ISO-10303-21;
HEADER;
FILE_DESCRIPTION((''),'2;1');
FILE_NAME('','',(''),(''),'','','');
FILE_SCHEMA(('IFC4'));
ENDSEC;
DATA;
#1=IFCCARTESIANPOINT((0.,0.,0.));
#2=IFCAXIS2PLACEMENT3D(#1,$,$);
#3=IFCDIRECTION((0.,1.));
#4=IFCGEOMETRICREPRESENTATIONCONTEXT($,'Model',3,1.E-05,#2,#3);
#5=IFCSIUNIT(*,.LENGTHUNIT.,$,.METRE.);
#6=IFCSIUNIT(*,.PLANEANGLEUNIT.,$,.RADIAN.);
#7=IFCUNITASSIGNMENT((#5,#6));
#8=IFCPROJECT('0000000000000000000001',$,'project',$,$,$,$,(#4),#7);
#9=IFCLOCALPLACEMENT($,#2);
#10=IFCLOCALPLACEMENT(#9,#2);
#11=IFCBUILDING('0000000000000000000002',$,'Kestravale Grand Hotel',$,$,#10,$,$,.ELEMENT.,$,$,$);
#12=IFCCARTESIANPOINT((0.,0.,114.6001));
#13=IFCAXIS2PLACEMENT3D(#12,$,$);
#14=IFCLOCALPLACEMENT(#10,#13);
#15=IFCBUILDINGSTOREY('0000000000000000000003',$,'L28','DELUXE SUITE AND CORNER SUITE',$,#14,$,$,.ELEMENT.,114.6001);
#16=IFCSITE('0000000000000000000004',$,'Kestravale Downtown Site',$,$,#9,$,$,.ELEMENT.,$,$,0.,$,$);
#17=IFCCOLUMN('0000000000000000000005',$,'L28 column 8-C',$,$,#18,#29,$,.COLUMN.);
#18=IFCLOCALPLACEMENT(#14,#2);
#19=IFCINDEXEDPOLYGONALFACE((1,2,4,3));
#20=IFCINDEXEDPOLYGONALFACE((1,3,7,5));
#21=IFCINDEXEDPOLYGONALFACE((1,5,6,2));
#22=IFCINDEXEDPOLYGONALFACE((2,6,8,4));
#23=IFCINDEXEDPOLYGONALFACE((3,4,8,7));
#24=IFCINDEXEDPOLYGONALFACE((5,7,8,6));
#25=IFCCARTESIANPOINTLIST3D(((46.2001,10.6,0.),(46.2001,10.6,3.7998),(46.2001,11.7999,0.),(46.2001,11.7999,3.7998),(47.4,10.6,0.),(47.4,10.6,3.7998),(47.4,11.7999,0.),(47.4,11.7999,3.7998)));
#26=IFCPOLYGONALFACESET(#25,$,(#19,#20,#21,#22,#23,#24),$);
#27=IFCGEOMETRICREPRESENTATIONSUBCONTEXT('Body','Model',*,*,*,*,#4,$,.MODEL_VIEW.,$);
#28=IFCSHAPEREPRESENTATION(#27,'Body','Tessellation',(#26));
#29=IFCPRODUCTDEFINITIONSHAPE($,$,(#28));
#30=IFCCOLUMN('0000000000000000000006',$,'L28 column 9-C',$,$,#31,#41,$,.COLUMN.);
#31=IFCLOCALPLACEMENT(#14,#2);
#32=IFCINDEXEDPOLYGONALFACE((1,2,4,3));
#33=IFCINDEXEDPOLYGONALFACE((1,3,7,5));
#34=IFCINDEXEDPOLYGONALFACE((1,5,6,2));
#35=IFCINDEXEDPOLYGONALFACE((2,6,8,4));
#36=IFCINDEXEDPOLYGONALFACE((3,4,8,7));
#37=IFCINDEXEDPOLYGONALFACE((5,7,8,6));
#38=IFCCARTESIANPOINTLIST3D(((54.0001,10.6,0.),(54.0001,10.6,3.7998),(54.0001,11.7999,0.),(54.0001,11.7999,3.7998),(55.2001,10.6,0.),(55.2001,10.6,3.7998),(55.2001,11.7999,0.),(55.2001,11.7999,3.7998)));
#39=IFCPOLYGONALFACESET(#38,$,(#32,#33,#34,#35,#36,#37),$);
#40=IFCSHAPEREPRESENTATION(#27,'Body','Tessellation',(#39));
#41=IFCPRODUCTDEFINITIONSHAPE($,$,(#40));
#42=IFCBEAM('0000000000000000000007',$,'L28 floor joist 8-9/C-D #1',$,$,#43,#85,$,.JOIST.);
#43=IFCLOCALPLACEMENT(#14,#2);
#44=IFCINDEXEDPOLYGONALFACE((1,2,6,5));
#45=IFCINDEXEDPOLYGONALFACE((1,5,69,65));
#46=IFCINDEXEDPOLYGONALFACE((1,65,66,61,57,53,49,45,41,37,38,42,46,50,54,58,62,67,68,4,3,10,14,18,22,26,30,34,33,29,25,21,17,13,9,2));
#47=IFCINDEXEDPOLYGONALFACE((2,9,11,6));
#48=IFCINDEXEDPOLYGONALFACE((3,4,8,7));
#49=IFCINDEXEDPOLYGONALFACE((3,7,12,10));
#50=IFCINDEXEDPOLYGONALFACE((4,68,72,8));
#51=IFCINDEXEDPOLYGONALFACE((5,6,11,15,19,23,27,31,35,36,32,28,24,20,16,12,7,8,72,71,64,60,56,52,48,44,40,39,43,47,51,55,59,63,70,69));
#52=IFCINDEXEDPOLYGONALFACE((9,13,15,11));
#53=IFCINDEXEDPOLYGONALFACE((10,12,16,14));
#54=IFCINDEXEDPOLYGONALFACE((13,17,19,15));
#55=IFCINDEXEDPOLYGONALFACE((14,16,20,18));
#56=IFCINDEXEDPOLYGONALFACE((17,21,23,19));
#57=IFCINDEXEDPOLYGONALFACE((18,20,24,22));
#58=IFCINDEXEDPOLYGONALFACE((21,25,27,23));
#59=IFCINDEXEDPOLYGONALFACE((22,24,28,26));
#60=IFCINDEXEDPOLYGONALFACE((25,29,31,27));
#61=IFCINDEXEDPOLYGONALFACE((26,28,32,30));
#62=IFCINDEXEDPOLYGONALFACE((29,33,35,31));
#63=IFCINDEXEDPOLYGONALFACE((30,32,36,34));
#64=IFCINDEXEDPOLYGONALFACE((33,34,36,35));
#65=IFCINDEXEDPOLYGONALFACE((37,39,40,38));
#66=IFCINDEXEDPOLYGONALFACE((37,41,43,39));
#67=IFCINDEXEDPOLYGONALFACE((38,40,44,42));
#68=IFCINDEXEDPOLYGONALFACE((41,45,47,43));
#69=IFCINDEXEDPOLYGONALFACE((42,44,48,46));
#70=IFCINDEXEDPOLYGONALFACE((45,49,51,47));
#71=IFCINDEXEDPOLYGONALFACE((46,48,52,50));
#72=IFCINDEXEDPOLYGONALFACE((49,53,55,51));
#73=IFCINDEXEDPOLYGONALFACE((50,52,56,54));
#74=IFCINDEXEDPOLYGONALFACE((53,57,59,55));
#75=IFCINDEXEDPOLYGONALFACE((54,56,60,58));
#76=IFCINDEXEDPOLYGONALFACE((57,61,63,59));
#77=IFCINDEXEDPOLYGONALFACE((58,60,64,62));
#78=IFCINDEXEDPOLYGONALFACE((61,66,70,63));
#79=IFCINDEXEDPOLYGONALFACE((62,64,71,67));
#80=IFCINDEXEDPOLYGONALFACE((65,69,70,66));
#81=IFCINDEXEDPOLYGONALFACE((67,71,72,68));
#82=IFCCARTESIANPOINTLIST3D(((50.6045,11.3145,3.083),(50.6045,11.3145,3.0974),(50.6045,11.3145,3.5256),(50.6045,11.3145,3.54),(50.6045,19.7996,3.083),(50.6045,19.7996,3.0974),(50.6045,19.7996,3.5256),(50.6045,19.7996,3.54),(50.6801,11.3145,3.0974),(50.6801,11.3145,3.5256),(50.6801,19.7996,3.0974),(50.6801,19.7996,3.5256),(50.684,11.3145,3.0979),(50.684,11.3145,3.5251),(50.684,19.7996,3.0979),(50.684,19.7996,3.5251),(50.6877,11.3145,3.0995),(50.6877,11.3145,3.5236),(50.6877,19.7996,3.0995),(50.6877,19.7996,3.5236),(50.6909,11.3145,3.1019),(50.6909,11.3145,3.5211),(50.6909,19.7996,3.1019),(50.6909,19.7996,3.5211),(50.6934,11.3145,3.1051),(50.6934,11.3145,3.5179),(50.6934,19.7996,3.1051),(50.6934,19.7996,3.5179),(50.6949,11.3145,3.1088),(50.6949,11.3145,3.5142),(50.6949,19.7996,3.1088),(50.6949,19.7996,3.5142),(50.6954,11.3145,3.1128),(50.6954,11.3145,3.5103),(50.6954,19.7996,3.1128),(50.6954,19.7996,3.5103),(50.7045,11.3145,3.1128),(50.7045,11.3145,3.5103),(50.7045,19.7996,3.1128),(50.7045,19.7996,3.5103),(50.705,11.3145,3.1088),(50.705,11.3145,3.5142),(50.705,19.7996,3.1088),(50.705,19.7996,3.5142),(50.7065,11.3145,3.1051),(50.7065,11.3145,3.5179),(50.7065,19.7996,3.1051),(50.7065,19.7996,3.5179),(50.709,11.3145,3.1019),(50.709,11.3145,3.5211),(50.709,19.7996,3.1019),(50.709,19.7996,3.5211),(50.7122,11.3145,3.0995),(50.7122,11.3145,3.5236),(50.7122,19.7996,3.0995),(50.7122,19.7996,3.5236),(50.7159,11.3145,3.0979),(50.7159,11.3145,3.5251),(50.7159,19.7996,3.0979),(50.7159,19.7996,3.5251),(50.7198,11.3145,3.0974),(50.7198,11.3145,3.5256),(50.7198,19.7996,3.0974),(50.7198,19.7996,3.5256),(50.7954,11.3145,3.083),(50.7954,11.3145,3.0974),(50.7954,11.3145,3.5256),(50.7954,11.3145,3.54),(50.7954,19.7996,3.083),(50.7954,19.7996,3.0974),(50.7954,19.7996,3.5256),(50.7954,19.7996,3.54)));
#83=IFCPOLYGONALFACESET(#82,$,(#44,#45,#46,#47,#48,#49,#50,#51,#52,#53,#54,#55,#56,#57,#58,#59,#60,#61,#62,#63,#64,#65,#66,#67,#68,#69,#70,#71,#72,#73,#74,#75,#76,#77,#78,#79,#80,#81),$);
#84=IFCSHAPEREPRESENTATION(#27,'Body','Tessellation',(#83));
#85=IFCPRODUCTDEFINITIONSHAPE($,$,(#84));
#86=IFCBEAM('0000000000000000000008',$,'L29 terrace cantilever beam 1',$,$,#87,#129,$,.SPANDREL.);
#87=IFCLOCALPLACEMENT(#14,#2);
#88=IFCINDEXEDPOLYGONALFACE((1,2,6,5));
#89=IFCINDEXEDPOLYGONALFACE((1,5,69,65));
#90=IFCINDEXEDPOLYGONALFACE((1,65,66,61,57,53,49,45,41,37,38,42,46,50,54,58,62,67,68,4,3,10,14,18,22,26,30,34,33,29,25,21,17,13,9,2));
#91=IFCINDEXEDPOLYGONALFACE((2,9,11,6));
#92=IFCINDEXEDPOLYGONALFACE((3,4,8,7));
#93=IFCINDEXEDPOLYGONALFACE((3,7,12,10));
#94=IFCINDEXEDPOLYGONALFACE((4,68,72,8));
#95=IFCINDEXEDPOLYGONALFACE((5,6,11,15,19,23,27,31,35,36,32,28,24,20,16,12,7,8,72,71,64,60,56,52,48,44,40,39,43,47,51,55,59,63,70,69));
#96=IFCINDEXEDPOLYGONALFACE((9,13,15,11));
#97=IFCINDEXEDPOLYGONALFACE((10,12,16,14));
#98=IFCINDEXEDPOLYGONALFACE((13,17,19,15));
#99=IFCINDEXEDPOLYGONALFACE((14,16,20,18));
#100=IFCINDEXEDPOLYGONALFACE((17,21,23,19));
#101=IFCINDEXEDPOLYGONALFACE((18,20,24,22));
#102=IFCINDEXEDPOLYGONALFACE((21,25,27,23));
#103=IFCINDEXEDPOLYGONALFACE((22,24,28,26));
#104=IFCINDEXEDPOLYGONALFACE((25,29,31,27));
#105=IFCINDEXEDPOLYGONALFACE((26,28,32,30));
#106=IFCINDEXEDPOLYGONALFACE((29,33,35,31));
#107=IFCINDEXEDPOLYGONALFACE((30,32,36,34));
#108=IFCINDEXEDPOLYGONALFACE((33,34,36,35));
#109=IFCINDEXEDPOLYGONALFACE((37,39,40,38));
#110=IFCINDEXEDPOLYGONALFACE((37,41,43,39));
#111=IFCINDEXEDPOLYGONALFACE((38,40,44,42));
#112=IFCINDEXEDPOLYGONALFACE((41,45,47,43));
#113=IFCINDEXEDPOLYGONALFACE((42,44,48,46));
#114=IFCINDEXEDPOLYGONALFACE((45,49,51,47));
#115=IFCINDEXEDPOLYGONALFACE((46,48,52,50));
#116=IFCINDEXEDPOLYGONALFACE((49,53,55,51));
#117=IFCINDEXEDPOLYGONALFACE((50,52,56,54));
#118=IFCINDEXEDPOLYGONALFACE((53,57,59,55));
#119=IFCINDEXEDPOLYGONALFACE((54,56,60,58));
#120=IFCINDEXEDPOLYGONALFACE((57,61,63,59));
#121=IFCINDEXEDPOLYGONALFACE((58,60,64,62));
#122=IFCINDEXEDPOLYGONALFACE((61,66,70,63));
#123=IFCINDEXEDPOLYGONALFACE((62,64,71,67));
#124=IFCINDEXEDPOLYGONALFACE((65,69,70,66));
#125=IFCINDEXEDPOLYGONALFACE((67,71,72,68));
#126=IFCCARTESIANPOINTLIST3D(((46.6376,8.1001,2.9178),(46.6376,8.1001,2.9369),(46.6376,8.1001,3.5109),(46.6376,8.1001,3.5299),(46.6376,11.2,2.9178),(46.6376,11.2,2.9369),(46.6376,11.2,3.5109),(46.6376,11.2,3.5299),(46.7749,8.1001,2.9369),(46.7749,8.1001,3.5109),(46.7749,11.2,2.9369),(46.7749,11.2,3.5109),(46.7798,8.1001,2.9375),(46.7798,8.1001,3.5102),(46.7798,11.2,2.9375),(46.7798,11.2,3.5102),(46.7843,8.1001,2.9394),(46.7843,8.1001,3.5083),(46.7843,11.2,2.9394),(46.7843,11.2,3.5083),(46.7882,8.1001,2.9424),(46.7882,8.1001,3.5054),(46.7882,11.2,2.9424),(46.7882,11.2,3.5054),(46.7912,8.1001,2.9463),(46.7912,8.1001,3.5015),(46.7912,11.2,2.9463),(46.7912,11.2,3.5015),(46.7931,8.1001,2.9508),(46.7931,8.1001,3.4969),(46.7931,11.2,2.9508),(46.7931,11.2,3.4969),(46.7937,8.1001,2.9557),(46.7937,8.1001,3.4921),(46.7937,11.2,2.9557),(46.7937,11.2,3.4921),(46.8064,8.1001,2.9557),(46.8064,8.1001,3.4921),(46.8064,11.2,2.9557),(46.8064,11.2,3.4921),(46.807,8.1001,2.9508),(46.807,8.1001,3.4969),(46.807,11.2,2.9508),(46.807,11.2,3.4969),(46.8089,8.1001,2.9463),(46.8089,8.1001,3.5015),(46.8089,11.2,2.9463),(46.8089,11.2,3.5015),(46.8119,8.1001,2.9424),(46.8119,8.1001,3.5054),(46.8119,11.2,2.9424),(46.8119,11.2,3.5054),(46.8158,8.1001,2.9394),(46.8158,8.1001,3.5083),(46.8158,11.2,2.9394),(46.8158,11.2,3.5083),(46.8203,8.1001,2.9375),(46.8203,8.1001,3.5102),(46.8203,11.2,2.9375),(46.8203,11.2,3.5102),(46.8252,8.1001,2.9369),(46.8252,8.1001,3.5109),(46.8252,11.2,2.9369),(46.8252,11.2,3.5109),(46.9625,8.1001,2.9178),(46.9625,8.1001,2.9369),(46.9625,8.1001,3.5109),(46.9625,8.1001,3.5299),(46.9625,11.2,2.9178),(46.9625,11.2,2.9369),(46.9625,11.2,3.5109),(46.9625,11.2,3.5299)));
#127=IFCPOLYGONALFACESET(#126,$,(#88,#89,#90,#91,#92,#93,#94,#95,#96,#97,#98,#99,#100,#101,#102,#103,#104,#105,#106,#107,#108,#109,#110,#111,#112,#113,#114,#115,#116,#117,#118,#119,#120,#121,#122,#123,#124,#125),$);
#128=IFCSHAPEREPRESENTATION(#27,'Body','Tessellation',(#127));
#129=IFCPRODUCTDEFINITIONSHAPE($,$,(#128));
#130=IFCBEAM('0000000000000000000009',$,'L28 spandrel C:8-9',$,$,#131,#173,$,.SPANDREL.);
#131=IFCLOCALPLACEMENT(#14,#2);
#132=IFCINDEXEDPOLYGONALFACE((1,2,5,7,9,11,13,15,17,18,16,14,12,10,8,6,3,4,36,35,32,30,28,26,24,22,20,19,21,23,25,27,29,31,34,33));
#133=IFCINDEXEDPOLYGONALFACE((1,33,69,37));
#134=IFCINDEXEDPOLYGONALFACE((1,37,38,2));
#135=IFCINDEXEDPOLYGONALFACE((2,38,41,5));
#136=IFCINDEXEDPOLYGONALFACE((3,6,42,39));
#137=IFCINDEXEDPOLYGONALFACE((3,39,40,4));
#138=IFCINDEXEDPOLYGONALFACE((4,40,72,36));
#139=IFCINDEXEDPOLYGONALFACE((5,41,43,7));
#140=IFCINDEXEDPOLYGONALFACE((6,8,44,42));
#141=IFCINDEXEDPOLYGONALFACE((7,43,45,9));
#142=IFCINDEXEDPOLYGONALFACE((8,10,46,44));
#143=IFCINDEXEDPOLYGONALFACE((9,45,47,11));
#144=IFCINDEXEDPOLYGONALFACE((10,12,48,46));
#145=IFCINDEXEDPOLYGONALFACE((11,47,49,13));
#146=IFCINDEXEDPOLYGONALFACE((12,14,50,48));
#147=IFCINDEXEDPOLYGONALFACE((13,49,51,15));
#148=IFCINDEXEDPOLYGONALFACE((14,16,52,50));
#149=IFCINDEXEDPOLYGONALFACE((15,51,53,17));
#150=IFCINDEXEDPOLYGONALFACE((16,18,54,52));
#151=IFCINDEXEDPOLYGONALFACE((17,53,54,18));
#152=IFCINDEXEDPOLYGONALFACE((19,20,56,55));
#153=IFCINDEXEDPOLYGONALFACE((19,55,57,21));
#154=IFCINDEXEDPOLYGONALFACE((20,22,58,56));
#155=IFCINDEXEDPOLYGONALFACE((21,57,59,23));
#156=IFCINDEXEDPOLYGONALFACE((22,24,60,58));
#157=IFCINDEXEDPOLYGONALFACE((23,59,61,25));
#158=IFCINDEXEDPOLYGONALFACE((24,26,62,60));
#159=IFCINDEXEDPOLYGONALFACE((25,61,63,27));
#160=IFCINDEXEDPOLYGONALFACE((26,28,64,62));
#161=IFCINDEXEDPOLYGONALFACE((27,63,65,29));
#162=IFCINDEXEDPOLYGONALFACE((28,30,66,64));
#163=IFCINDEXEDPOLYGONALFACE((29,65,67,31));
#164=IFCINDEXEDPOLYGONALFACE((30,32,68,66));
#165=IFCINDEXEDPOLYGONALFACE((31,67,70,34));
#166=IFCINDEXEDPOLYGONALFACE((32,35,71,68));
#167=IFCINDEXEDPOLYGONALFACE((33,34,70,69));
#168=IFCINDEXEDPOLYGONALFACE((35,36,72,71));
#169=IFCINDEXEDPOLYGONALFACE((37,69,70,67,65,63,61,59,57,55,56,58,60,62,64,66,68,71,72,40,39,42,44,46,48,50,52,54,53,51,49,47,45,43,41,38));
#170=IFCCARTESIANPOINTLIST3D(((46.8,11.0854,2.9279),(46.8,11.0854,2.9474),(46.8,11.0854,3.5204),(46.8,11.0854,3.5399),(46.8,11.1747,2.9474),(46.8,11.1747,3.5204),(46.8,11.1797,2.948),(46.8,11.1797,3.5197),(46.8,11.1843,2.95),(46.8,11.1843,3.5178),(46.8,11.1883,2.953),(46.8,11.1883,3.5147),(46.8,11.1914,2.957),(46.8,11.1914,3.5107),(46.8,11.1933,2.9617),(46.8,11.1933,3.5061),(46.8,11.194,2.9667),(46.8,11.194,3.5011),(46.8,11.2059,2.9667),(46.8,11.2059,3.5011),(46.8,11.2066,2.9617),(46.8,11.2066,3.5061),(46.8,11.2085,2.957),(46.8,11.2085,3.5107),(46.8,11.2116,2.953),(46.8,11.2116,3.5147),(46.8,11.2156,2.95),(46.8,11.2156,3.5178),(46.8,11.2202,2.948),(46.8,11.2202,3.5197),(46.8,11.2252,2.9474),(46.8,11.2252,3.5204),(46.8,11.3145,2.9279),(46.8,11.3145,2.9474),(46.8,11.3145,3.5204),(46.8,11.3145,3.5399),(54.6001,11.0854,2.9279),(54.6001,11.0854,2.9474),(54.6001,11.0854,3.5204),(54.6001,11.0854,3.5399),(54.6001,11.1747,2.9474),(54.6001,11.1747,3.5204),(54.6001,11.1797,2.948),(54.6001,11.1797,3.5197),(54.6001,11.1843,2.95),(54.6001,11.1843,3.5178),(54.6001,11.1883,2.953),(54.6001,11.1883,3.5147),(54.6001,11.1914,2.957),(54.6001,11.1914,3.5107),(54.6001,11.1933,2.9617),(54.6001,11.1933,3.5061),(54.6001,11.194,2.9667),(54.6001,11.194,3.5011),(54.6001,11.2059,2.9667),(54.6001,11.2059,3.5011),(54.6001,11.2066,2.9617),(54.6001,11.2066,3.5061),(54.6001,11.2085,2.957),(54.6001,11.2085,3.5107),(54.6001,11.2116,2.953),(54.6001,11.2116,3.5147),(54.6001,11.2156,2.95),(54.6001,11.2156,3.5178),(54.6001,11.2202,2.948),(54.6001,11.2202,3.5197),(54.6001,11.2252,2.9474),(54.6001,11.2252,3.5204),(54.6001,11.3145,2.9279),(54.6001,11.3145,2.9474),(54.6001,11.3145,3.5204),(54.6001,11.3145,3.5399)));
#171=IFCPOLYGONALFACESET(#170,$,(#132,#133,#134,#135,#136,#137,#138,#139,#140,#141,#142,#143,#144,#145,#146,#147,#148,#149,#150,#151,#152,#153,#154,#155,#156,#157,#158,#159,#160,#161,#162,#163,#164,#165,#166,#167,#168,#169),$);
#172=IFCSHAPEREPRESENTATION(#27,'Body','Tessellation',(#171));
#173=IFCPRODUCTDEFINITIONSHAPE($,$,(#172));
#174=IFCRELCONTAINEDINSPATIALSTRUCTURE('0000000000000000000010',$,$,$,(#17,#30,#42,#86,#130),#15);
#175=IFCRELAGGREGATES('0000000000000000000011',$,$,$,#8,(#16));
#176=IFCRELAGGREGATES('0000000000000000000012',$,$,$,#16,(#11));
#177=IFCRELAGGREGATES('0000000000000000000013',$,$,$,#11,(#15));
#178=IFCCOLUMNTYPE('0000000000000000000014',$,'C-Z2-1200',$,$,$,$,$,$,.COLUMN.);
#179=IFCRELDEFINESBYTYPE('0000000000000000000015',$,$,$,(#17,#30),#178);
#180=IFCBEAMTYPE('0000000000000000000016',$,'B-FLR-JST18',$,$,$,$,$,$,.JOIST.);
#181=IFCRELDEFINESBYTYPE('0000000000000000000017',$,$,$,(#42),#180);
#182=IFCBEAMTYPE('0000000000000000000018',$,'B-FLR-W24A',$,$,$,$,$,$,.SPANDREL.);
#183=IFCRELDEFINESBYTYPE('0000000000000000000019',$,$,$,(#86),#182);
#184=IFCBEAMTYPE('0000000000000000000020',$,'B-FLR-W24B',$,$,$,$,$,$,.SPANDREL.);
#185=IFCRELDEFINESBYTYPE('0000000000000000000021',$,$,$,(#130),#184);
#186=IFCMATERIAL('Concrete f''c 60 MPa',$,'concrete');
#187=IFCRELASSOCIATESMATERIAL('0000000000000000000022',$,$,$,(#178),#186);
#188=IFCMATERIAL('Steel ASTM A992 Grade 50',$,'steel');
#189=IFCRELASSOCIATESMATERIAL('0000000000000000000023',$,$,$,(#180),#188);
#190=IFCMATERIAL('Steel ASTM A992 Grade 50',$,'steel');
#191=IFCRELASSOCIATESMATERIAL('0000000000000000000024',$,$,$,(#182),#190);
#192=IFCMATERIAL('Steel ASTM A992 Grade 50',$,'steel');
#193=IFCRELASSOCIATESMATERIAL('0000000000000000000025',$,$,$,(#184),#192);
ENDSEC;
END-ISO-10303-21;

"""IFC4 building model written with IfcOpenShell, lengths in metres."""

from ifc_helpers import new_model, si_unit, direction, frame, origin, origin_2d, place, context, subcontext, project, spatial, rectangle, i_section, extrude, material, material_profile, profile_set, type_object, element, save


model = new_model("IFC4")

# Units and contexts
model_context = context("Model", 3, precision=1e-05, world=origin(), true_north=direction((0.0, 1.0)))
body_context = subcontext(model_context, "Body", "Model", "MODEL_VIEW")
ifc_project = project(units=[si_unit("LENGTHUNIT", "METRE"), si_unit("PLANEANGLEUNIT", "RADIAN")], contexts=[model_context])

# Site, building, storey
site_placement = place(None, origin())
site = spatial("IfcSite", under=ifc_project, at=site_placement, Name="Kestravale Downtown Site", CompositionType="ELEMENT", RefElevation=0.0)
building_placement = place(site_placement, origin())
building = spatial("IfcBuilding", under=site, at=building_placement, Name="Kestravale Grand Hotel", CompositionType="ELEMENT")
storey_placement = place(building_placement, frame((0.0, 0.0, 114.6001)))
storey = spatial("IfcBuildingStorey", under=building, at=storey_placement, Name="L28", Description="DELUXE SUITE AND CORNER SUITE", CompositionType="ELEMENT", Elevation=114.6001)

# Columns
ifc_material_1 = material(Name="Concrete f'c 60 MPa", Category="concrete")
ifc_material_profile_1 = material_profile(ifc_material_1, rectangle(XDim=1.2, YDim=1.2, at=origin_2d()))
ifc_profile_set_1 = profile_set([ifc_material_profile_1], Name="Concrete f'c 60 MPa")
column_type = type_object("IfcColumnType", Name="C-Z2-1200", PredefinedType="COLUMN", material=ifc_profile_set_1)
for number, where, z_axis, x_axis, name in (
    (1, (46.8, 11.2, 0.0), (0.0, 0.0, 1.0), (1.0, 0.0, 0.0), "L28 column 8-C"),
    (2, (54.6001, 11.2, 0.0), (0.0, 0.0, 1.0), (1.0, 0.0, 0.0), "L28 column 9-C"),
):
    element("IfcColumn", number, at=place(storey_placement, frame(where, z_axis=z_axis, x_axis=x_axis)), inside=storey, type_object=column_type, Name=name, PredefinedType="COLUMN", context=body_context, shape_type="SweptSolid", body=[
        extrude(rectangle(XDim=1.2, YDim=1.2, at=origin_2d()), origin(), (0.0, 0.0, 1.0), 3.7998),
    ])

# Beams
ifc_material_2 = material(Name="Steel ASTM A992 Grade 50", Category="steel")
ifc_material_profile_2 = material_profile(ifc_material_2, i_section(OverallWidth=0.1909, OverallDepth=0.457, WebThickness=0.009, FlangeThickness=0.0144, FilletRadius=0.0154, at=origin_2d()))
ifc_profile_set_2 = profile_set([ifc_material_profile_2], Name="Steel ASTM A992 Grade 50")
beam_type_1 = type_object("IfcBeamType", Name="B-FLR-JST18", PredefinedType="JOIST", material=ifc_profile_set_2)
beam_1_placement = place(storey_placement, frame((50.7, 11.3145, 3.3115), z_axis=(0.0, 1.0, 0.0), x_axis=(-1.0, 0.0, 0.0)))
element("IfcBeam", 3, at=beam_1_placement, inside=storey, type_object=beam_type_1, Name="L28 floor joist 8-9/C-D #1", PredefinedType="JOIST", context=body_context, shape_type="SweptSolid", body=[
    extrude(i_section(OverallWidth=0.1909, OverallDepth=0.457, WebThickness=0.009, FlangeThickness=0.0144, FilletRadius=0.0154, at=origin_2d()), origin(), (0.0, 0.0, 1.0), 8.4851),
])
ifc_material_3 = material(Name="Steel ASTM A992 Grade 50", Category="steel")
ifc_material_profile_3 = material_profile(ifc_material_3, i_section(OverallWidth=0.325, OverallDepth=0.6121, WebThickness=0.0127, FlangeThickness=0.019, FilletRadius=0.0188, at=origin_2d()))
ifc_profile_set_3 = profile_set([ifc_material_profile_3], Name="Steel ASTM A992 Grade 50")
beam_type_2 = type_object("IfcBeamType", Name="B-FLR-W24A", PredefinedType="SPANDREL", material=ifc_profile_set_3)
beam_2_placement = place(storey_placement, frame((46.8, 11.2, 3.2239), z_axis=(0.0, -1.0, 0.0), x_axis=(1.0, 0.0, 0.0)))
element("IfcBeam", 4, at=beam_2_placement, inside=storey, type_object=beam_type_2, Name="L29 terrace cantilever beam 1", PredefinedType="SPANDREL", context=body_context, shape_type="SweptSolid", body=[
    extrude(i_section(OverallWidth=0.325, OverallDepth=0.6121, WebThickness=0.0127, FlangeThickness=0.019, FilletRadius=0.0188, at=origin_2d()), origin(), (0.0, 0.0, 1.0), 3.0999),
])
ifc_material_4 = material(Name="Steel ASTM A992 Grade 50", Category="steel")
ifc_material_profile_4 = material_profile(ifc_material_4, i_section(OverallWidth=0.229, OverallDepth=0.6121, WebThickness=0.012, FlangeThickness=0.0195, FilletRadius=0.0193, at=origin_2d()))
ifc_profile_set_4 = profile_set([ifc_material_profile_4], Name="Steel ASTM A992 Grade 50")
beam_type_3 = type_object("IfcBeamType", Name="B-FLR-W24B", PredefinedType="SPANDREL", material=ifc_profile_set_4)
beam_3_placement = place(storey_placement, frame((46.8, 11.2, 3.2339), z_axis=(1.0, 0.0, 0.0), x_axis=(0.0, 1.0, 0.0)))
element("IfcBeam", 5, at=beam_3_placement, inside=storey, type_object=beam_type_3, Name="L28 spandrel C:8-9", PredefinedType="SPANDREL", context=body_context, shape_type="SweptSolid", body=[
    extrude(i_section(OverallWidth=0.229, OverallDepth=0.6121, WebThickness=0.012, FlangeThickness=0.0195, FilletRadius=0.0193, at=origin_2d()), origin(), (0.0, 0.0, 1.0), 7.8),
])

save(model, "model.ifc")
